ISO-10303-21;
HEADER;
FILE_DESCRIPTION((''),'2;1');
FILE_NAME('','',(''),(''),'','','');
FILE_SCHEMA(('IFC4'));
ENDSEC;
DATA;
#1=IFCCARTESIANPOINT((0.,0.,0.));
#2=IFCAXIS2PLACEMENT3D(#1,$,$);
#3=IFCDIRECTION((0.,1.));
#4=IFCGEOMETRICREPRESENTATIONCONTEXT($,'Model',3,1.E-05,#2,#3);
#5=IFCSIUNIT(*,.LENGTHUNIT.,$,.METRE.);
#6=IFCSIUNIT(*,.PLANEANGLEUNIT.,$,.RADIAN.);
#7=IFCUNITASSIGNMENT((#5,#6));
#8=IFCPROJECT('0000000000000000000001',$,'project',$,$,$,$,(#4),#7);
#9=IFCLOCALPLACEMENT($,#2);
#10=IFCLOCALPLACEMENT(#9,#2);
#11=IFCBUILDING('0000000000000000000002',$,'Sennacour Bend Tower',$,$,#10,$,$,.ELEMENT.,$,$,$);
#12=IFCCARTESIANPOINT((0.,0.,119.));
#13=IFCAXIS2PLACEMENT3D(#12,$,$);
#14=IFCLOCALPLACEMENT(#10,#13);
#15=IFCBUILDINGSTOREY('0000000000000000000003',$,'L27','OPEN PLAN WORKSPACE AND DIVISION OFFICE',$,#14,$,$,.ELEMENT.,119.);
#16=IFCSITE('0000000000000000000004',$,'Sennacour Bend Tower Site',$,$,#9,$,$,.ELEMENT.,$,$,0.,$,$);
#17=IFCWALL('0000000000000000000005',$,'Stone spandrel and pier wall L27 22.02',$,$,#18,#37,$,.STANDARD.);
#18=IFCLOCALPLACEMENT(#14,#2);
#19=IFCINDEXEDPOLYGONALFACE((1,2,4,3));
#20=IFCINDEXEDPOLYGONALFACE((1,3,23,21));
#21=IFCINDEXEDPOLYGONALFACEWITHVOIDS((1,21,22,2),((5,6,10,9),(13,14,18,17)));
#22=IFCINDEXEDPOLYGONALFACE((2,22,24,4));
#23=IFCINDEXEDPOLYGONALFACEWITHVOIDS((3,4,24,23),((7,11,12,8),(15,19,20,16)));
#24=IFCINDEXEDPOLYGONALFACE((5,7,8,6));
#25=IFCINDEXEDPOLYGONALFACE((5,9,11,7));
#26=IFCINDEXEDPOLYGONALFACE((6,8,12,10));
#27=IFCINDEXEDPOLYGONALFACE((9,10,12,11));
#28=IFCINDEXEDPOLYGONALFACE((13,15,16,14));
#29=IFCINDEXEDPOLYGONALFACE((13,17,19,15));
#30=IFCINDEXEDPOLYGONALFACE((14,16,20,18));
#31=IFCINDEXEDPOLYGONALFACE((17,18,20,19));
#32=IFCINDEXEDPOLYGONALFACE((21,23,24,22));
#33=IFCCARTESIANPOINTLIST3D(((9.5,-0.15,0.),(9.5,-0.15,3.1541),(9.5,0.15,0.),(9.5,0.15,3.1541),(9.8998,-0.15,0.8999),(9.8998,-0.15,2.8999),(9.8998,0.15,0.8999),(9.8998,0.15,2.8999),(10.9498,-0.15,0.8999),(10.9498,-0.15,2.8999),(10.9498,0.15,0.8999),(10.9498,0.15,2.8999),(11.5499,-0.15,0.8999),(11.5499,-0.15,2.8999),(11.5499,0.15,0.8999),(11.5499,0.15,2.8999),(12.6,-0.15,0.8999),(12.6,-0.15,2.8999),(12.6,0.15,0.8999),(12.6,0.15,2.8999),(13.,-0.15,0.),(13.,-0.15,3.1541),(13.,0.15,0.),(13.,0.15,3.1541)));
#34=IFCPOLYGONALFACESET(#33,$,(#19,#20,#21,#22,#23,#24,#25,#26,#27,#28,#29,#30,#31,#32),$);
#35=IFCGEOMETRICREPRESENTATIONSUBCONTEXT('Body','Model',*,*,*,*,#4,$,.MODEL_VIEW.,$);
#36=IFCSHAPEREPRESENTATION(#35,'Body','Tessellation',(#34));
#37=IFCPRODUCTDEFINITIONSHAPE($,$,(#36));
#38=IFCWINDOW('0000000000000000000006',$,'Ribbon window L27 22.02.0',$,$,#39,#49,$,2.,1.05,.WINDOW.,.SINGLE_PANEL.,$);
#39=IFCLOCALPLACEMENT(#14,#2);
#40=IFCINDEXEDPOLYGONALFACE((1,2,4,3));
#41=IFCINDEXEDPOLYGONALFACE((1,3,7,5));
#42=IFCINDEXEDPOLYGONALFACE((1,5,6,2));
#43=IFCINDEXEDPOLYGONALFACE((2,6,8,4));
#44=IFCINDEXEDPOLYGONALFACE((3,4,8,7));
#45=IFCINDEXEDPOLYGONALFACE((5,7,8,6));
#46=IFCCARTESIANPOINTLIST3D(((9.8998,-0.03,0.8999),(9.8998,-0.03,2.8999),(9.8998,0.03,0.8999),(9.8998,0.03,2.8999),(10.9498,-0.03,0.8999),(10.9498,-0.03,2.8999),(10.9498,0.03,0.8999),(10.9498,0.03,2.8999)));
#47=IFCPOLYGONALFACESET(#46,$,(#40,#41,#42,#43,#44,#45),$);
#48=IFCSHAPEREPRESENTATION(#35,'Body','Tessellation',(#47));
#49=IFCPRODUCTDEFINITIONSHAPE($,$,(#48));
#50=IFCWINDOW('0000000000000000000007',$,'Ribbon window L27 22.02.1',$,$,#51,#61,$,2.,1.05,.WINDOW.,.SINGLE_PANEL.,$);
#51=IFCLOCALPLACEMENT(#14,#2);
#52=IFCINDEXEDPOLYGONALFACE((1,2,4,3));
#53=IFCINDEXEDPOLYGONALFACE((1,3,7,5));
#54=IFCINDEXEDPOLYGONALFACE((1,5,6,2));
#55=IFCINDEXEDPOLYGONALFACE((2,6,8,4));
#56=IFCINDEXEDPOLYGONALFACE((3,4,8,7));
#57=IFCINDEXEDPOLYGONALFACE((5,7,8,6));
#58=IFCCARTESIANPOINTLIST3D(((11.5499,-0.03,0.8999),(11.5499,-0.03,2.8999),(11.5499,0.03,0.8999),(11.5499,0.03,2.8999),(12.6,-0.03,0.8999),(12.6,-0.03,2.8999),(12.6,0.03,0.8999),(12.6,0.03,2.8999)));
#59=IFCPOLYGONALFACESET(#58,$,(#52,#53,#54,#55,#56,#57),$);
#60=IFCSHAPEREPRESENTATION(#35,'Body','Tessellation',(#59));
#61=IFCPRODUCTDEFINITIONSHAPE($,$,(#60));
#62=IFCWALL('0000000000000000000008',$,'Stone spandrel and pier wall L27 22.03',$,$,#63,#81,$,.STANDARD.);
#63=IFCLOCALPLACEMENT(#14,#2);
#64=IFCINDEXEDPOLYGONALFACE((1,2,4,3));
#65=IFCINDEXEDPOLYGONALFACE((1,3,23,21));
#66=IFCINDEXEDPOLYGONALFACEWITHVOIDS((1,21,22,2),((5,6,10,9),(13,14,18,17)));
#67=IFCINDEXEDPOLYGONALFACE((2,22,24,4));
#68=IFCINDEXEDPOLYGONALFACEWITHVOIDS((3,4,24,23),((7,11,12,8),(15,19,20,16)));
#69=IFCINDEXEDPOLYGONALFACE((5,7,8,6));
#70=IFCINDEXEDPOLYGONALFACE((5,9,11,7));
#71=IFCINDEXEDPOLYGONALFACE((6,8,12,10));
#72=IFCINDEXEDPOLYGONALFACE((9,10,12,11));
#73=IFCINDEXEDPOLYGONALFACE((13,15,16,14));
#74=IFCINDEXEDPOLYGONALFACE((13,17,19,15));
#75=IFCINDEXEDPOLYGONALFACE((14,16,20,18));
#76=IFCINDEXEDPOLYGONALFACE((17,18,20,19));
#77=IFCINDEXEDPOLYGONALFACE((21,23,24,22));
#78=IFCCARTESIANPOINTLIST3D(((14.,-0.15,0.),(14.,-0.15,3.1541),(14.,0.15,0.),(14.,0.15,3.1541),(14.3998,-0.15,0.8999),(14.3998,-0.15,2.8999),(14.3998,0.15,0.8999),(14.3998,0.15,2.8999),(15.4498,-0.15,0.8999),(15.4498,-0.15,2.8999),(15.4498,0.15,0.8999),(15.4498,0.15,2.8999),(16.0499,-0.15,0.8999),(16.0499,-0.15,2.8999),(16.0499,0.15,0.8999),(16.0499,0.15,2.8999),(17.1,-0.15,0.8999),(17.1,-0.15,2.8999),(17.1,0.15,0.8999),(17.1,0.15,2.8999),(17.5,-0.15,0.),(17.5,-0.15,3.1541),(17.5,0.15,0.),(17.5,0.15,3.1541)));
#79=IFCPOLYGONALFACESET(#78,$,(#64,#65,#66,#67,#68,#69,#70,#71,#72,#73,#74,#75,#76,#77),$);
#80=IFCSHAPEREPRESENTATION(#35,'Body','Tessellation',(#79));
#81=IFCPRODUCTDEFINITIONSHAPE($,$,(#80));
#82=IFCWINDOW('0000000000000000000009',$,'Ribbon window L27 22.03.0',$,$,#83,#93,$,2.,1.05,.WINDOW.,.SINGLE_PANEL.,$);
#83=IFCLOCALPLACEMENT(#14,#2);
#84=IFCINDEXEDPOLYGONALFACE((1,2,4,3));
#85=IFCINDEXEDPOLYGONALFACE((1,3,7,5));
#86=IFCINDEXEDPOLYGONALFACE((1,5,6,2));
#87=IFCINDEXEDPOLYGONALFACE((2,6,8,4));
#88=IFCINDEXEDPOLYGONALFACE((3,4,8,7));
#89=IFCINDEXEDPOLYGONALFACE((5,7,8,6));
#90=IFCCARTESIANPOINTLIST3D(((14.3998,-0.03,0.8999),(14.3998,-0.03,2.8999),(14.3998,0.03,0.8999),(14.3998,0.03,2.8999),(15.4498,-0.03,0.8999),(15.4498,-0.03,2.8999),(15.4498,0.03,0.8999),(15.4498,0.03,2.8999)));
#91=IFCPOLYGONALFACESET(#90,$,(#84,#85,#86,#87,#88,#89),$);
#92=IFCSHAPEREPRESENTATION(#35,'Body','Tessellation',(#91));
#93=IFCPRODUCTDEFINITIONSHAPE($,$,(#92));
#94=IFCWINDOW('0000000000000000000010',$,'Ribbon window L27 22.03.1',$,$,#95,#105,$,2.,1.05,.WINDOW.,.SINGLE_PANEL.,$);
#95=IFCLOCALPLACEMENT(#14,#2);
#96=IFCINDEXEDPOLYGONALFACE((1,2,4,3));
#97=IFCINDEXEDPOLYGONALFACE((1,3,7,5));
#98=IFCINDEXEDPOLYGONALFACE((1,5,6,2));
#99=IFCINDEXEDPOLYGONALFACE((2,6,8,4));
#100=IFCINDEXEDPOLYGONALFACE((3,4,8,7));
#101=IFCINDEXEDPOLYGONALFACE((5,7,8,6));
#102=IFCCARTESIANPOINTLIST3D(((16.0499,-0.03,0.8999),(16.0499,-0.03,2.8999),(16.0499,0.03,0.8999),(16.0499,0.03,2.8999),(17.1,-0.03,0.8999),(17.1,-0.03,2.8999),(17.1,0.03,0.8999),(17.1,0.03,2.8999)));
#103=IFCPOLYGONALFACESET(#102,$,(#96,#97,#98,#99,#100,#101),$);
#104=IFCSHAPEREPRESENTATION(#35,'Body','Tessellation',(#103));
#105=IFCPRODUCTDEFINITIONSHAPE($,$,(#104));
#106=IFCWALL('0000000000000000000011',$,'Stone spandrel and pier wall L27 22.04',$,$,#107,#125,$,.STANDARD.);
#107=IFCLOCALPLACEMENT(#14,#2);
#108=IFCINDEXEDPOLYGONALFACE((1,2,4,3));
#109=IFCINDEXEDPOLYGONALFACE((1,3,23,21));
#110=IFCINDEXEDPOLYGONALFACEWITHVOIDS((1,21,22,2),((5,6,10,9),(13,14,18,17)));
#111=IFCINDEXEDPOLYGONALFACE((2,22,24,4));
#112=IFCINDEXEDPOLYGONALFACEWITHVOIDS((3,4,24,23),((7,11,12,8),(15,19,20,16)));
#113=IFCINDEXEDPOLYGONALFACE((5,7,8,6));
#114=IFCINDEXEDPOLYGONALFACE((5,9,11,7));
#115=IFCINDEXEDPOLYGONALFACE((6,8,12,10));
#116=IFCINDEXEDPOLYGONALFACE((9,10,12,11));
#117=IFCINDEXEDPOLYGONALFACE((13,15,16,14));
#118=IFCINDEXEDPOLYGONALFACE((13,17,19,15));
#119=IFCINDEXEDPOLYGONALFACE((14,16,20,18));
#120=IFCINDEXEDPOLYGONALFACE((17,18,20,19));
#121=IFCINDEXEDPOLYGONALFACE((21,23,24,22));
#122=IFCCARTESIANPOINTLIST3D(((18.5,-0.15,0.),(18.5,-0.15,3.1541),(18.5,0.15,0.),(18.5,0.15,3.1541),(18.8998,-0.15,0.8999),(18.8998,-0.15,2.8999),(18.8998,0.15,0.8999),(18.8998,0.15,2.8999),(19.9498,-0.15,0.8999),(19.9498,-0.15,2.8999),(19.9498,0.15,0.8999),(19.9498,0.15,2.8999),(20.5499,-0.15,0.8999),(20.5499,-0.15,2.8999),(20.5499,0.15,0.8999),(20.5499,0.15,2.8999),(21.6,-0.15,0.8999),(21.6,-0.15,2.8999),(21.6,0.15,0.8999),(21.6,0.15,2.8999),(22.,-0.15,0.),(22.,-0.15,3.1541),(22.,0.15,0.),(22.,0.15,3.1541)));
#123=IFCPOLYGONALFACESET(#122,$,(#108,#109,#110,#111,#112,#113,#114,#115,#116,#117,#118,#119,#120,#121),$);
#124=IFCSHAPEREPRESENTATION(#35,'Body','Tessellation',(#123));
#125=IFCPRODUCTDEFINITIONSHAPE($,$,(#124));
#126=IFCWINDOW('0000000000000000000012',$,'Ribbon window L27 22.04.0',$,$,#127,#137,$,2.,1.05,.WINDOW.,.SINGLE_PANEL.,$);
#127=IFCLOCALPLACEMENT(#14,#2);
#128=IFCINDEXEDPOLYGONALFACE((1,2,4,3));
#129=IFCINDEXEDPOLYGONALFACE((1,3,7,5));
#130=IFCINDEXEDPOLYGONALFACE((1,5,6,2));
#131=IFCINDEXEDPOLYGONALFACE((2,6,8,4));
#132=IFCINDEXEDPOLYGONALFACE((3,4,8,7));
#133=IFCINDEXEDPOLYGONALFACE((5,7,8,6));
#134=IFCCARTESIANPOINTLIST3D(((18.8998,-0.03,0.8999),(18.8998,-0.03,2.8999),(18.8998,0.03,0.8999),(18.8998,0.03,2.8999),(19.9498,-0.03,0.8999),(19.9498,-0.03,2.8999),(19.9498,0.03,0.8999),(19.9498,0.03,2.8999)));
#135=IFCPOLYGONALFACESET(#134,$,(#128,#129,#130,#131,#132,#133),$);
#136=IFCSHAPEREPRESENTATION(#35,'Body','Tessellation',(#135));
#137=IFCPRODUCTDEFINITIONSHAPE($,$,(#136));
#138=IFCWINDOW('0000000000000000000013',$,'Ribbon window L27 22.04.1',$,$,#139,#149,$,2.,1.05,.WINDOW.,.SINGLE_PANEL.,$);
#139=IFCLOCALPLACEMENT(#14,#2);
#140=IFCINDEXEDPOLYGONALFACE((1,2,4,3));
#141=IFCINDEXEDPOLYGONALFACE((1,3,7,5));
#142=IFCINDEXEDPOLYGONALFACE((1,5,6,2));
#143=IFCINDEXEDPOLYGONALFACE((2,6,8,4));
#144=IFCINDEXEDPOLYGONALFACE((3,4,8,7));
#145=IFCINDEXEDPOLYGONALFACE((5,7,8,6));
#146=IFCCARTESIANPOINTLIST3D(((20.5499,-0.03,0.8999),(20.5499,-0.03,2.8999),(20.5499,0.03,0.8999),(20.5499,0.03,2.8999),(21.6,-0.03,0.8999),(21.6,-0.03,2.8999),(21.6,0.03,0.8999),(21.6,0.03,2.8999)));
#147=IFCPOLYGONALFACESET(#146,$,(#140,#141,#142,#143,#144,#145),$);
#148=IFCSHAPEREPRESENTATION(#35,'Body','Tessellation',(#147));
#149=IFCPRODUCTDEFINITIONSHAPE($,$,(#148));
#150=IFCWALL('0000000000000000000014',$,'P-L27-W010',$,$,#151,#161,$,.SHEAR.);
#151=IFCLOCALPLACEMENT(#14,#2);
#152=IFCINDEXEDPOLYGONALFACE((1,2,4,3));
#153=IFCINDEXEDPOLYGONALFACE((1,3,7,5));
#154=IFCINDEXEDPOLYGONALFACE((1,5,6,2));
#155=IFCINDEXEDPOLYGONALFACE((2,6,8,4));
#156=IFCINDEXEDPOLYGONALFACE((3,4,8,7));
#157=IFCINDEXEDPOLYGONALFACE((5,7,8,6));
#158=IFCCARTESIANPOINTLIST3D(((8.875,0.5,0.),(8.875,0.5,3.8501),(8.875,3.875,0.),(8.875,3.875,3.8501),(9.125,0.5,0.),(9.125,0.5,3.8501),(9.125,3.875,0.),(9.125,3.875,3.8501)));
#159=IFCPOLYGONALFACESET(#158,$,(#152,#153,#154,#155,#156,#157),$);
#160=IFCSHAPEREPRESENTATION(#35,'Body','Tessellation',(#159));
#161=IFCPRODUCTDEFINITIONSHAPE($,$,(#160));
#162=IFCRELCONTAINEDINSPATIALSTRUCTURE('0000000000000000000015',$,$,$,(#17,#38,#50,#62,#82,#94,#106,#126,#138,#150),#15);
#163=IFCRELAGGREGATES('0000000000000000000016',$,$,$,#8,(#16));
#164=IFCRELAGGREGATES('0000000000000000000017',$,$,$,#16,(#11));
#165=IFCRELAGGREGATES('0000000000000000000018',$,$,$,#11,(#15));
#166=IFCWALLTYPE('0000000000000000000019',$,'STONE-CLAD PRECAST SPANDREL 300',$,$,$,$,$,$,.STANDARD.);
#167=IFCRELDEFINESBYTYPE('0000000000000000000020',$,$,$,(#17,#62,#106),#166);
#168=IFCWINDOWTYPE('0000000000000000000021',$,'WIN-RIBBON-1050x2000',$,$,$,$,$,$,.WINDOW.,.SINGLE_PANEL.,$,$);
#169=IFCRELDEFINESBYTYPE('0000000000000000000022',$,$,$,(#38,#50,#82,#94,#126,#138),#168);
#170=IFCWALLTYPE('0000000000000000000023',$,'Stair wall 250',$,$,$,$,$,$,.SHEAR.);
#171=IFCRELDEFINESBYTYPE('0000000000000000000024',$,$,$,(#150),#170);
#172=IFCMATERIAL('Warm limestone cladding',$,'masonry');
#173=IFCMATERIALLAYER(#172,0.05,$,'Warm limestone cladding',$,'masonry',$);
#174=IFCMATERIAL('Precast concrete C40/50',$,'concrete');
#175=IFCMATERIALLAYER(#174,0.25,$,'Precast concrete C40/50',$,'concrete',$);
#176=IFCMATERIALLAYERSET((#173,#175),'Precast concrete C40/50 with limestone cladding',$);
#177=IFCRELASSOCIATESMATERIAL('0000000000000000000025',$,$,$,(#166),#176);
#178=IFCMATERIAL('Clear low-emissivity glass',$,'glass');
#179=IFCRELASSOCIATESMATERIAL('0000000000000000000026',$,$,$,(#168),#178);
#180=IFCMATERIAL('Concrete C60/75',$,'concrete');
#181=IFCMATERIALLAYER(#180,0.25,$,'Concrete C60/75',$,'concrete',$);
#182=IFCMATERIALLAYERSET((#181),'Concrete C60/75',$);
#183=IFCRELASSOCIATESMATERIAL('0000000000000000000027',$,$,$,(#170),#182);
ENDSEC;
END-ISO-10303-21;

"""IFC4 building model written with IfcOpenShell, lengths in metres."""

from ifc_helpers import new_model, si_unit, direction, frame, frame_2d, origin, place, context, subcontext, project, spatial, rectangle, extrude, material, layer, layer_set, type_object, element, fill, save


model = new_model("IFC4")

# Units and contexts
model_context = context("Model", 3, precision=1e-05, world=origin(), true_north=direction((0.0, 1.0)))
body_context = subcontext(model_context, "Body", "Model", "MODEL_VIEW")
ifc_project = project(units=[si_unit("LENGTHUNIT", "METRE"), si_unit("PLANEANGLEUNIT", "RADIAN")], contexts=[model_context])

# Site, building, storey
site_placement = place(None, origin())
site = spatial("IfcSite", under=ifc_project, at=site_placement, Name="Sennacour Bend Tower Site", CompositionType="ELEMENT", RefElevation=0.0)
building_placement = place(site_placement, origin())
building = spatial("IfcBuilding", under=site, at=building_placement, Name="Sennacour Bend Tower", CompositionType="ELEMENT")
storey_placement = place(building_placement, frame((0.0, 0.0, 119.0)))
storey = spatial("IfcBuildingStorey", under=building, at=storey_placement, Name="L27", Description="OPEN PLAN WORKSPACE AND DIVISION OFFICE", CompositionType="ELEMENT", Elevation=119.0)

# Walls, openings, windows
ifc_material_1 = material(Name="Warm limestone cladding", Category="masonry")
ifc_layer_1 = layer(ifc_material_1, 0.05, Name="Warm limestone cladding", Category="masonry")
ifc_material_2 = material(Name="Precast concrete C40/50", Category="concrete")
ifc_layer_2 = layer(ifc_material_2, 0.25, Name="Precast concrete C40/50", Category="concrete")
ifc_layer_set_1 = layer_set([ifc_layer_1, ifc_layer_2], Name="Precast concrete C40/50 with limestone cladding")
wall_type_1 = type_object("IfcWallType", Name="STONE-CLAD PRECAST SPANDREL 300", PredefinedType="STANDARD", material=ifc_layer_set_1)
ifc_material_3 = material(Name="Clear low-emissivity glass", Category="glass")
window_type = type_object("IfcWindowType", Name="WIN-RIBBON-1050x2000", PartitioningType="SINGLE_PANEL", PredefinedType="WINDOW", material=ifc_material_3)
wall_1_placement = place(storey_placement, frame((9.5, 0.0, 0.0), z_axis=(0.0, 0.0, 1.0), x_axis=(1.0, 0.0, 0.0)))
wall_1 = element("IfcWall", 1, at=wall_1_placement, inside=storey, type_object=wall_type_1, Name="Stone spandrel and pier wall L27 22.02", PredefinedType="STANDARD", context=body_context, shape_type="SweptSolid", body=[
    extrude(rectangle(XDim=3.5, YDim=0.3, at=frame_2d((1.75, 0.0))), origin(), (0.0, 0.0, 1.0), 3.1541),
])
opening_1_placement = place(wall_1_placement, frame((0.3999, 0.0, 0.8999)))
opening_1 = element("IfcOpeningElement", 2, at=opening_1_placement, cuts=wall_1, PredefinedType="OPENING", context=body_context, shape_type="SweptSolid", body=[
    extrude(rectangle(XDim=1.05, YDim=2.0, at=frame_2d((0.5249, 1.0))), frame((0.0, 0.1602, 0.0), z_axis=(0.0, -1.0, 0.0), x_axis=(1.0, 0.0, 0.0)), (0.0, 0.0, 1.0), 0.3201),
])
opening_2_placement = place(wall_1_placement, frame((2.05, 0.0, 0.8999)))
opening_2 = element("IfcOpeningElement", 3, at=opening_2_placement, cuts=wall_1, PredefinedType="OPENING", context=body_context, shape_type="SweptSolid", body=[
    extrude(rectangle(XDim=1.05, YDim=2.0, at=frame_2d((0.5249, 1.0))), frame((0.0, 0.1602, 0.0), z_axis=(0.0, -1.0, 0.0), x_axis=(1.0, 0.0, 0.0)), (0.0, 0.0, 1.0), 0.3201),
])
window_1_placement = place(opening_1_placement, origin())
window_1 = element("IfcWindow", 4, at=window_1_placement, inside=storey, type_object=window_type, Name="Ribbon window L27 22.02.0", OverallHeight=2.0, OverallWidth=1.05, PartitioningType="SINGLE_PANEL", PredefinedType="WINDOW", context=body_context, shape_type="SweptSolid", body=[
    extrude(rectangle(XDim=1.05, YDim=2.0, at=frame_2d((0.5249, 1.0))), frame((0.0, 0.03, 0.0), z_axis=(0.0, -1.0, 0.0), x_axis=(1.0, 0.0, 0.0)), (0.0, 0.0, 1.0), 0.0601),
])
fill(opening_1, window_1)
window_2_placement = place(opening_2_placement, origin())
window_2 = element("IfcWindow", 5, at=window_2_placement, inside=storey, type_object=window_type, Name="Ribbon window L27 22.02.1", OverallHeight=2.0, OverallWidth=1.05, PartitioningType="SINGLE_PANEL", PredefinedType="WINDOW", context=body_context, shape_type="SweptSolid", body=[
    extrude(rectangle(XDim=1.05, YDim=2.0, at=frame_2d((0.5249, 1.0))), frame((0.0, 0.03, 0.0), z_axis=(0.0, -1.0, 0.0), x_axis=(1.0, 0.0, 0.0)), (0.0, 0.0, 1.0), 0.0601),
])
fill(opening_2, window_2)
wall_2_placement = place(storey_placement, frame((14.0, 0.0, 0.0), z_axis=(0.0, 0.0, 1.0), x_axis=(1.0, 0.0, 0.0)))
wall_2 = element("IfcWall", 6, at=wall_2_placement, inside=storey, type_object=wall_type_1, Name="Stone spandrel and pier wall L27 22.03", PredefinedType="STANDARD", context=body_context, shape_type="SweptSolid", body=[
    extrude(rectangle(XDim=3.5, YDim=0.3, at=frame_2d((1.75, 0.0))), origin(), (0.0, 0.0, 1.0), 3.1541),
])
opening_3_placement = place(wall_2_placement, frame((0.3999, 0.0, 0.8999)))
opening_3 = element("IfcOpeningElement", 7, at=opening_3_placement, cuts=wall_2, PredefinedType="OPENING", context=body_context, shape_type="SweptSolid", body=[
    extrude(rectangle(XDim=1.05, YDim=2.0, at=frame_2d((0.5249, 1.0))), frame((0.0, 0.1602, 0.0), z_axis=(0.0, -1.0, 0.0), x_axis=(1.0, 0.0, 0.0)), (0.0, 0.0, 1.0), 0.3201),
])
opening_4_placement = place(wall_2_placement, frame((2.05, 0.0, 0.8999)))
opening_4 = element("IfcOpeningElement", 8, at=opening_4_placement, cuts=wall_2, PredefinedType="OPENING", context=body_context, shape_type="SweptSolid", body=[
    extrude(rectangle(XDim=1.05, YDim=2.0, at=frame_2d((0.5249, 1.0))), frame((0.0, 0.1602, 0.0), z_axis=(0.0, -1.0, 0.0), x_axis=(1.0, 0.0, 0.0)), (0.0, 0.0, 1.0), 0.3201),
])
window_3_placement = place(opening_3_placement, origin())
window_3 = element("IfcWindow", 9, at=window_3_placement, inside=storey, type_object=window_type, Name="Ribbon window L27 22.03.0", OverallHeight=2.0, OverallWidth=1.05, PartitioningType="SINGLE_PANEL", PredefinedType="WINDOW", context=body_context, shape_type="SweptSolid", body=[
    extrude(rectangle(XDim=1.05, YDim=2.0, at=frame_2d((0.5249, 1.0))), frame((0.0, 0.03, 0.0), z_axis=(0.0, -1.0, 0.0), x_axis=(1.0, 0.0, 0.0)), (0.0, 0.0, 1.0), 0.0601),
])
fill(opening_3, window_3)
window_4_placement = place(opening_4_placement, origin())
window_4 = element("IfcWindow", 10, at=window_4_placement, inside=storey, type_object=window_type, Name="Ribbon window L27 22.03.1", OverallHeight=2.0, OverallWidth=1.05, PartitioningType="SINGLE_PANEL", PredefinedType="WINDOW", context=body_context, shape_type="SweptSolid", body=[
    extrude(rectangle(XDim=1.05, YDim=2.0, at=frame_2d((0.5249, 1.0))), frame((0.0, 0.03, 0.0), z_axis=(0.0, -1.0, 0.0), x_axis=(1.0, 0.0, 0.0)), (0.0, 0.0, 1.0), 0.0601),
])
fill(opening_4, window_4)
wall_3_placement = place(storey_placement, frame((18.5, 0.0, 0.0), z_axis=(0.0, 0.0, 1.0), x_axis=(1.0, 0.0, 0.0)))
wall_3 = element("IfcWall", 11, at=wall_3_placement, inside=storey, type_object=wall_type_1, Name="Stone spandrel and pier wall L27 22.04", PredefinedType="STANDARD", context=body_context, shape_type="SweptSolid", body=[
    extrude(rectangle(XDim=3.5, YDim=0.3, at=frame_2d((1.75, 0.0))), origin(), (0.0, 0.0, 1.0), 3.1541),
])
opening_5_placement = place(wall_3_placement, frame((0.3999, 0.0, 0.8999)))
opening_5 = element("IfcOpeningElement", 12, at=opening_5_placement, cuts=wall_3, PredefinedType="OPENING", context=body_context, shape_type="SweptSolid", body=[
    extrude(rectangle(XDim=1.05, YDim=2.0, at=frame_2d((0.5249, 1.0))), frame((0.0, 0.1602, 0.0), z_axis=(0.0, -1.0, 0.0), x_axis=(1.0, 0.0, 0.0)), (0.0, 0.0, 1.0), 0.3201),
])
opening_6_placement = place(wall_3_placement, frame((2.05, 0.0, 0.8999)))
opening_6 = element("IfcOpeningElement", 13, at=opening_6_placement, cuts=wall_3, PredefinedType="OPENING", context=body_context, shape_type="SweptSolid", body=[
    extrude(rectangle(XDim=1.05, YDim=2.0, at=frame_2d((0.5249, 1.0))), frame((0.0, 0.1602, 0.0), z_axis=(0.0, -1.0, 0.0), x_axis=(1.0, 0.0, 0.0)), (0.0, 0.0, 1.0), 0.3201),
])
window_5_placement = place(opening_5_placement, origin())
window_5 = element("IfcWindow", 14, at=window_5_placement, inside=storey, type_object=window_type, Name="Ribbon window L27 22.04.0", OverallHeight=2.0, OverallWidth=1.05, PartitioningType="SINGLE_PANEL", PredefinedType="WINDOW", context=body_context, shape_type="SweptSolid", body=[
    extrude(rectangle(XDim=1.05, YDim=2.0, at=frame_2d((0.5249, 1.0))), frame((0.0, 0.03, 0.0), z_axis=(0.0, -1.0, 0.0), x_axis=(1.0, 0.0, 0.0)), (0.0, 0.0, 1.0), 0.0601),
])
fill(opening_5, window_5)
window_6_placement = place(opening_6_placement, origin())
window_6 = element("IfcWindow", 15, at=window_6_placement, inside=storey, type_object=window_type, Name="Ribbon window L27 22.04.1", OverallHeight=2.0, OverallWidth=1.05, PartitioningType="SINGLE_PANEL", PredefinedType="WINDOW", context=body_context, shape_type="SweptSolid", body=[
    extrude(rectangle(XDim=1.05, YDim=2.0, at=frame_2d((0.5249, 1.0))), frame((0.0, 0.03, 0.0), z_axis=(0.0, -1.0, 0.0), x_axis=(1.0, 0.0, 0.0)), (0.0, 0.0, 1.0), 0.0601),
])
fill(opening_6, window_6)

# Wall
ifc_material_4 = material(Name="Concrete C60/75", Category="concrete")
ifc_layer_3 = layer(ifc_material_4, 0.25, Name="Concrete C60/75", Category="concrete")
ifc_layer_set_2 = layer_set([ifc_layer_3], Name="Concrete C60/75")
wall_type_2 = type_object("IfcWallType", Name="Stair wall 250", PredefinedType="SHEAR", material=ifc_layer_set_2)
wall_4_placement = place(storey_placement, frame((9.0, 0.5, 0.0), z_axis=(0.0, 0.0, 1.0), x_axis=(0.0, 1.0, 0.0)))
element("IfcWall", 16, at=wall_4_placement, inside=storey, type_object=wall_type_2, Name="P-L27-W010", PredefinedType="SHEAR", context=body_context, shape_type="SweptSolid", body=[
    extrude(rectangle(XDim=3.375, YDim=0.25, at=frame_2d((1.6875, 0.0))), origin(), (0.0, 0.0, 1.0), 3.8501),
])

save(model, "model.ifc")
